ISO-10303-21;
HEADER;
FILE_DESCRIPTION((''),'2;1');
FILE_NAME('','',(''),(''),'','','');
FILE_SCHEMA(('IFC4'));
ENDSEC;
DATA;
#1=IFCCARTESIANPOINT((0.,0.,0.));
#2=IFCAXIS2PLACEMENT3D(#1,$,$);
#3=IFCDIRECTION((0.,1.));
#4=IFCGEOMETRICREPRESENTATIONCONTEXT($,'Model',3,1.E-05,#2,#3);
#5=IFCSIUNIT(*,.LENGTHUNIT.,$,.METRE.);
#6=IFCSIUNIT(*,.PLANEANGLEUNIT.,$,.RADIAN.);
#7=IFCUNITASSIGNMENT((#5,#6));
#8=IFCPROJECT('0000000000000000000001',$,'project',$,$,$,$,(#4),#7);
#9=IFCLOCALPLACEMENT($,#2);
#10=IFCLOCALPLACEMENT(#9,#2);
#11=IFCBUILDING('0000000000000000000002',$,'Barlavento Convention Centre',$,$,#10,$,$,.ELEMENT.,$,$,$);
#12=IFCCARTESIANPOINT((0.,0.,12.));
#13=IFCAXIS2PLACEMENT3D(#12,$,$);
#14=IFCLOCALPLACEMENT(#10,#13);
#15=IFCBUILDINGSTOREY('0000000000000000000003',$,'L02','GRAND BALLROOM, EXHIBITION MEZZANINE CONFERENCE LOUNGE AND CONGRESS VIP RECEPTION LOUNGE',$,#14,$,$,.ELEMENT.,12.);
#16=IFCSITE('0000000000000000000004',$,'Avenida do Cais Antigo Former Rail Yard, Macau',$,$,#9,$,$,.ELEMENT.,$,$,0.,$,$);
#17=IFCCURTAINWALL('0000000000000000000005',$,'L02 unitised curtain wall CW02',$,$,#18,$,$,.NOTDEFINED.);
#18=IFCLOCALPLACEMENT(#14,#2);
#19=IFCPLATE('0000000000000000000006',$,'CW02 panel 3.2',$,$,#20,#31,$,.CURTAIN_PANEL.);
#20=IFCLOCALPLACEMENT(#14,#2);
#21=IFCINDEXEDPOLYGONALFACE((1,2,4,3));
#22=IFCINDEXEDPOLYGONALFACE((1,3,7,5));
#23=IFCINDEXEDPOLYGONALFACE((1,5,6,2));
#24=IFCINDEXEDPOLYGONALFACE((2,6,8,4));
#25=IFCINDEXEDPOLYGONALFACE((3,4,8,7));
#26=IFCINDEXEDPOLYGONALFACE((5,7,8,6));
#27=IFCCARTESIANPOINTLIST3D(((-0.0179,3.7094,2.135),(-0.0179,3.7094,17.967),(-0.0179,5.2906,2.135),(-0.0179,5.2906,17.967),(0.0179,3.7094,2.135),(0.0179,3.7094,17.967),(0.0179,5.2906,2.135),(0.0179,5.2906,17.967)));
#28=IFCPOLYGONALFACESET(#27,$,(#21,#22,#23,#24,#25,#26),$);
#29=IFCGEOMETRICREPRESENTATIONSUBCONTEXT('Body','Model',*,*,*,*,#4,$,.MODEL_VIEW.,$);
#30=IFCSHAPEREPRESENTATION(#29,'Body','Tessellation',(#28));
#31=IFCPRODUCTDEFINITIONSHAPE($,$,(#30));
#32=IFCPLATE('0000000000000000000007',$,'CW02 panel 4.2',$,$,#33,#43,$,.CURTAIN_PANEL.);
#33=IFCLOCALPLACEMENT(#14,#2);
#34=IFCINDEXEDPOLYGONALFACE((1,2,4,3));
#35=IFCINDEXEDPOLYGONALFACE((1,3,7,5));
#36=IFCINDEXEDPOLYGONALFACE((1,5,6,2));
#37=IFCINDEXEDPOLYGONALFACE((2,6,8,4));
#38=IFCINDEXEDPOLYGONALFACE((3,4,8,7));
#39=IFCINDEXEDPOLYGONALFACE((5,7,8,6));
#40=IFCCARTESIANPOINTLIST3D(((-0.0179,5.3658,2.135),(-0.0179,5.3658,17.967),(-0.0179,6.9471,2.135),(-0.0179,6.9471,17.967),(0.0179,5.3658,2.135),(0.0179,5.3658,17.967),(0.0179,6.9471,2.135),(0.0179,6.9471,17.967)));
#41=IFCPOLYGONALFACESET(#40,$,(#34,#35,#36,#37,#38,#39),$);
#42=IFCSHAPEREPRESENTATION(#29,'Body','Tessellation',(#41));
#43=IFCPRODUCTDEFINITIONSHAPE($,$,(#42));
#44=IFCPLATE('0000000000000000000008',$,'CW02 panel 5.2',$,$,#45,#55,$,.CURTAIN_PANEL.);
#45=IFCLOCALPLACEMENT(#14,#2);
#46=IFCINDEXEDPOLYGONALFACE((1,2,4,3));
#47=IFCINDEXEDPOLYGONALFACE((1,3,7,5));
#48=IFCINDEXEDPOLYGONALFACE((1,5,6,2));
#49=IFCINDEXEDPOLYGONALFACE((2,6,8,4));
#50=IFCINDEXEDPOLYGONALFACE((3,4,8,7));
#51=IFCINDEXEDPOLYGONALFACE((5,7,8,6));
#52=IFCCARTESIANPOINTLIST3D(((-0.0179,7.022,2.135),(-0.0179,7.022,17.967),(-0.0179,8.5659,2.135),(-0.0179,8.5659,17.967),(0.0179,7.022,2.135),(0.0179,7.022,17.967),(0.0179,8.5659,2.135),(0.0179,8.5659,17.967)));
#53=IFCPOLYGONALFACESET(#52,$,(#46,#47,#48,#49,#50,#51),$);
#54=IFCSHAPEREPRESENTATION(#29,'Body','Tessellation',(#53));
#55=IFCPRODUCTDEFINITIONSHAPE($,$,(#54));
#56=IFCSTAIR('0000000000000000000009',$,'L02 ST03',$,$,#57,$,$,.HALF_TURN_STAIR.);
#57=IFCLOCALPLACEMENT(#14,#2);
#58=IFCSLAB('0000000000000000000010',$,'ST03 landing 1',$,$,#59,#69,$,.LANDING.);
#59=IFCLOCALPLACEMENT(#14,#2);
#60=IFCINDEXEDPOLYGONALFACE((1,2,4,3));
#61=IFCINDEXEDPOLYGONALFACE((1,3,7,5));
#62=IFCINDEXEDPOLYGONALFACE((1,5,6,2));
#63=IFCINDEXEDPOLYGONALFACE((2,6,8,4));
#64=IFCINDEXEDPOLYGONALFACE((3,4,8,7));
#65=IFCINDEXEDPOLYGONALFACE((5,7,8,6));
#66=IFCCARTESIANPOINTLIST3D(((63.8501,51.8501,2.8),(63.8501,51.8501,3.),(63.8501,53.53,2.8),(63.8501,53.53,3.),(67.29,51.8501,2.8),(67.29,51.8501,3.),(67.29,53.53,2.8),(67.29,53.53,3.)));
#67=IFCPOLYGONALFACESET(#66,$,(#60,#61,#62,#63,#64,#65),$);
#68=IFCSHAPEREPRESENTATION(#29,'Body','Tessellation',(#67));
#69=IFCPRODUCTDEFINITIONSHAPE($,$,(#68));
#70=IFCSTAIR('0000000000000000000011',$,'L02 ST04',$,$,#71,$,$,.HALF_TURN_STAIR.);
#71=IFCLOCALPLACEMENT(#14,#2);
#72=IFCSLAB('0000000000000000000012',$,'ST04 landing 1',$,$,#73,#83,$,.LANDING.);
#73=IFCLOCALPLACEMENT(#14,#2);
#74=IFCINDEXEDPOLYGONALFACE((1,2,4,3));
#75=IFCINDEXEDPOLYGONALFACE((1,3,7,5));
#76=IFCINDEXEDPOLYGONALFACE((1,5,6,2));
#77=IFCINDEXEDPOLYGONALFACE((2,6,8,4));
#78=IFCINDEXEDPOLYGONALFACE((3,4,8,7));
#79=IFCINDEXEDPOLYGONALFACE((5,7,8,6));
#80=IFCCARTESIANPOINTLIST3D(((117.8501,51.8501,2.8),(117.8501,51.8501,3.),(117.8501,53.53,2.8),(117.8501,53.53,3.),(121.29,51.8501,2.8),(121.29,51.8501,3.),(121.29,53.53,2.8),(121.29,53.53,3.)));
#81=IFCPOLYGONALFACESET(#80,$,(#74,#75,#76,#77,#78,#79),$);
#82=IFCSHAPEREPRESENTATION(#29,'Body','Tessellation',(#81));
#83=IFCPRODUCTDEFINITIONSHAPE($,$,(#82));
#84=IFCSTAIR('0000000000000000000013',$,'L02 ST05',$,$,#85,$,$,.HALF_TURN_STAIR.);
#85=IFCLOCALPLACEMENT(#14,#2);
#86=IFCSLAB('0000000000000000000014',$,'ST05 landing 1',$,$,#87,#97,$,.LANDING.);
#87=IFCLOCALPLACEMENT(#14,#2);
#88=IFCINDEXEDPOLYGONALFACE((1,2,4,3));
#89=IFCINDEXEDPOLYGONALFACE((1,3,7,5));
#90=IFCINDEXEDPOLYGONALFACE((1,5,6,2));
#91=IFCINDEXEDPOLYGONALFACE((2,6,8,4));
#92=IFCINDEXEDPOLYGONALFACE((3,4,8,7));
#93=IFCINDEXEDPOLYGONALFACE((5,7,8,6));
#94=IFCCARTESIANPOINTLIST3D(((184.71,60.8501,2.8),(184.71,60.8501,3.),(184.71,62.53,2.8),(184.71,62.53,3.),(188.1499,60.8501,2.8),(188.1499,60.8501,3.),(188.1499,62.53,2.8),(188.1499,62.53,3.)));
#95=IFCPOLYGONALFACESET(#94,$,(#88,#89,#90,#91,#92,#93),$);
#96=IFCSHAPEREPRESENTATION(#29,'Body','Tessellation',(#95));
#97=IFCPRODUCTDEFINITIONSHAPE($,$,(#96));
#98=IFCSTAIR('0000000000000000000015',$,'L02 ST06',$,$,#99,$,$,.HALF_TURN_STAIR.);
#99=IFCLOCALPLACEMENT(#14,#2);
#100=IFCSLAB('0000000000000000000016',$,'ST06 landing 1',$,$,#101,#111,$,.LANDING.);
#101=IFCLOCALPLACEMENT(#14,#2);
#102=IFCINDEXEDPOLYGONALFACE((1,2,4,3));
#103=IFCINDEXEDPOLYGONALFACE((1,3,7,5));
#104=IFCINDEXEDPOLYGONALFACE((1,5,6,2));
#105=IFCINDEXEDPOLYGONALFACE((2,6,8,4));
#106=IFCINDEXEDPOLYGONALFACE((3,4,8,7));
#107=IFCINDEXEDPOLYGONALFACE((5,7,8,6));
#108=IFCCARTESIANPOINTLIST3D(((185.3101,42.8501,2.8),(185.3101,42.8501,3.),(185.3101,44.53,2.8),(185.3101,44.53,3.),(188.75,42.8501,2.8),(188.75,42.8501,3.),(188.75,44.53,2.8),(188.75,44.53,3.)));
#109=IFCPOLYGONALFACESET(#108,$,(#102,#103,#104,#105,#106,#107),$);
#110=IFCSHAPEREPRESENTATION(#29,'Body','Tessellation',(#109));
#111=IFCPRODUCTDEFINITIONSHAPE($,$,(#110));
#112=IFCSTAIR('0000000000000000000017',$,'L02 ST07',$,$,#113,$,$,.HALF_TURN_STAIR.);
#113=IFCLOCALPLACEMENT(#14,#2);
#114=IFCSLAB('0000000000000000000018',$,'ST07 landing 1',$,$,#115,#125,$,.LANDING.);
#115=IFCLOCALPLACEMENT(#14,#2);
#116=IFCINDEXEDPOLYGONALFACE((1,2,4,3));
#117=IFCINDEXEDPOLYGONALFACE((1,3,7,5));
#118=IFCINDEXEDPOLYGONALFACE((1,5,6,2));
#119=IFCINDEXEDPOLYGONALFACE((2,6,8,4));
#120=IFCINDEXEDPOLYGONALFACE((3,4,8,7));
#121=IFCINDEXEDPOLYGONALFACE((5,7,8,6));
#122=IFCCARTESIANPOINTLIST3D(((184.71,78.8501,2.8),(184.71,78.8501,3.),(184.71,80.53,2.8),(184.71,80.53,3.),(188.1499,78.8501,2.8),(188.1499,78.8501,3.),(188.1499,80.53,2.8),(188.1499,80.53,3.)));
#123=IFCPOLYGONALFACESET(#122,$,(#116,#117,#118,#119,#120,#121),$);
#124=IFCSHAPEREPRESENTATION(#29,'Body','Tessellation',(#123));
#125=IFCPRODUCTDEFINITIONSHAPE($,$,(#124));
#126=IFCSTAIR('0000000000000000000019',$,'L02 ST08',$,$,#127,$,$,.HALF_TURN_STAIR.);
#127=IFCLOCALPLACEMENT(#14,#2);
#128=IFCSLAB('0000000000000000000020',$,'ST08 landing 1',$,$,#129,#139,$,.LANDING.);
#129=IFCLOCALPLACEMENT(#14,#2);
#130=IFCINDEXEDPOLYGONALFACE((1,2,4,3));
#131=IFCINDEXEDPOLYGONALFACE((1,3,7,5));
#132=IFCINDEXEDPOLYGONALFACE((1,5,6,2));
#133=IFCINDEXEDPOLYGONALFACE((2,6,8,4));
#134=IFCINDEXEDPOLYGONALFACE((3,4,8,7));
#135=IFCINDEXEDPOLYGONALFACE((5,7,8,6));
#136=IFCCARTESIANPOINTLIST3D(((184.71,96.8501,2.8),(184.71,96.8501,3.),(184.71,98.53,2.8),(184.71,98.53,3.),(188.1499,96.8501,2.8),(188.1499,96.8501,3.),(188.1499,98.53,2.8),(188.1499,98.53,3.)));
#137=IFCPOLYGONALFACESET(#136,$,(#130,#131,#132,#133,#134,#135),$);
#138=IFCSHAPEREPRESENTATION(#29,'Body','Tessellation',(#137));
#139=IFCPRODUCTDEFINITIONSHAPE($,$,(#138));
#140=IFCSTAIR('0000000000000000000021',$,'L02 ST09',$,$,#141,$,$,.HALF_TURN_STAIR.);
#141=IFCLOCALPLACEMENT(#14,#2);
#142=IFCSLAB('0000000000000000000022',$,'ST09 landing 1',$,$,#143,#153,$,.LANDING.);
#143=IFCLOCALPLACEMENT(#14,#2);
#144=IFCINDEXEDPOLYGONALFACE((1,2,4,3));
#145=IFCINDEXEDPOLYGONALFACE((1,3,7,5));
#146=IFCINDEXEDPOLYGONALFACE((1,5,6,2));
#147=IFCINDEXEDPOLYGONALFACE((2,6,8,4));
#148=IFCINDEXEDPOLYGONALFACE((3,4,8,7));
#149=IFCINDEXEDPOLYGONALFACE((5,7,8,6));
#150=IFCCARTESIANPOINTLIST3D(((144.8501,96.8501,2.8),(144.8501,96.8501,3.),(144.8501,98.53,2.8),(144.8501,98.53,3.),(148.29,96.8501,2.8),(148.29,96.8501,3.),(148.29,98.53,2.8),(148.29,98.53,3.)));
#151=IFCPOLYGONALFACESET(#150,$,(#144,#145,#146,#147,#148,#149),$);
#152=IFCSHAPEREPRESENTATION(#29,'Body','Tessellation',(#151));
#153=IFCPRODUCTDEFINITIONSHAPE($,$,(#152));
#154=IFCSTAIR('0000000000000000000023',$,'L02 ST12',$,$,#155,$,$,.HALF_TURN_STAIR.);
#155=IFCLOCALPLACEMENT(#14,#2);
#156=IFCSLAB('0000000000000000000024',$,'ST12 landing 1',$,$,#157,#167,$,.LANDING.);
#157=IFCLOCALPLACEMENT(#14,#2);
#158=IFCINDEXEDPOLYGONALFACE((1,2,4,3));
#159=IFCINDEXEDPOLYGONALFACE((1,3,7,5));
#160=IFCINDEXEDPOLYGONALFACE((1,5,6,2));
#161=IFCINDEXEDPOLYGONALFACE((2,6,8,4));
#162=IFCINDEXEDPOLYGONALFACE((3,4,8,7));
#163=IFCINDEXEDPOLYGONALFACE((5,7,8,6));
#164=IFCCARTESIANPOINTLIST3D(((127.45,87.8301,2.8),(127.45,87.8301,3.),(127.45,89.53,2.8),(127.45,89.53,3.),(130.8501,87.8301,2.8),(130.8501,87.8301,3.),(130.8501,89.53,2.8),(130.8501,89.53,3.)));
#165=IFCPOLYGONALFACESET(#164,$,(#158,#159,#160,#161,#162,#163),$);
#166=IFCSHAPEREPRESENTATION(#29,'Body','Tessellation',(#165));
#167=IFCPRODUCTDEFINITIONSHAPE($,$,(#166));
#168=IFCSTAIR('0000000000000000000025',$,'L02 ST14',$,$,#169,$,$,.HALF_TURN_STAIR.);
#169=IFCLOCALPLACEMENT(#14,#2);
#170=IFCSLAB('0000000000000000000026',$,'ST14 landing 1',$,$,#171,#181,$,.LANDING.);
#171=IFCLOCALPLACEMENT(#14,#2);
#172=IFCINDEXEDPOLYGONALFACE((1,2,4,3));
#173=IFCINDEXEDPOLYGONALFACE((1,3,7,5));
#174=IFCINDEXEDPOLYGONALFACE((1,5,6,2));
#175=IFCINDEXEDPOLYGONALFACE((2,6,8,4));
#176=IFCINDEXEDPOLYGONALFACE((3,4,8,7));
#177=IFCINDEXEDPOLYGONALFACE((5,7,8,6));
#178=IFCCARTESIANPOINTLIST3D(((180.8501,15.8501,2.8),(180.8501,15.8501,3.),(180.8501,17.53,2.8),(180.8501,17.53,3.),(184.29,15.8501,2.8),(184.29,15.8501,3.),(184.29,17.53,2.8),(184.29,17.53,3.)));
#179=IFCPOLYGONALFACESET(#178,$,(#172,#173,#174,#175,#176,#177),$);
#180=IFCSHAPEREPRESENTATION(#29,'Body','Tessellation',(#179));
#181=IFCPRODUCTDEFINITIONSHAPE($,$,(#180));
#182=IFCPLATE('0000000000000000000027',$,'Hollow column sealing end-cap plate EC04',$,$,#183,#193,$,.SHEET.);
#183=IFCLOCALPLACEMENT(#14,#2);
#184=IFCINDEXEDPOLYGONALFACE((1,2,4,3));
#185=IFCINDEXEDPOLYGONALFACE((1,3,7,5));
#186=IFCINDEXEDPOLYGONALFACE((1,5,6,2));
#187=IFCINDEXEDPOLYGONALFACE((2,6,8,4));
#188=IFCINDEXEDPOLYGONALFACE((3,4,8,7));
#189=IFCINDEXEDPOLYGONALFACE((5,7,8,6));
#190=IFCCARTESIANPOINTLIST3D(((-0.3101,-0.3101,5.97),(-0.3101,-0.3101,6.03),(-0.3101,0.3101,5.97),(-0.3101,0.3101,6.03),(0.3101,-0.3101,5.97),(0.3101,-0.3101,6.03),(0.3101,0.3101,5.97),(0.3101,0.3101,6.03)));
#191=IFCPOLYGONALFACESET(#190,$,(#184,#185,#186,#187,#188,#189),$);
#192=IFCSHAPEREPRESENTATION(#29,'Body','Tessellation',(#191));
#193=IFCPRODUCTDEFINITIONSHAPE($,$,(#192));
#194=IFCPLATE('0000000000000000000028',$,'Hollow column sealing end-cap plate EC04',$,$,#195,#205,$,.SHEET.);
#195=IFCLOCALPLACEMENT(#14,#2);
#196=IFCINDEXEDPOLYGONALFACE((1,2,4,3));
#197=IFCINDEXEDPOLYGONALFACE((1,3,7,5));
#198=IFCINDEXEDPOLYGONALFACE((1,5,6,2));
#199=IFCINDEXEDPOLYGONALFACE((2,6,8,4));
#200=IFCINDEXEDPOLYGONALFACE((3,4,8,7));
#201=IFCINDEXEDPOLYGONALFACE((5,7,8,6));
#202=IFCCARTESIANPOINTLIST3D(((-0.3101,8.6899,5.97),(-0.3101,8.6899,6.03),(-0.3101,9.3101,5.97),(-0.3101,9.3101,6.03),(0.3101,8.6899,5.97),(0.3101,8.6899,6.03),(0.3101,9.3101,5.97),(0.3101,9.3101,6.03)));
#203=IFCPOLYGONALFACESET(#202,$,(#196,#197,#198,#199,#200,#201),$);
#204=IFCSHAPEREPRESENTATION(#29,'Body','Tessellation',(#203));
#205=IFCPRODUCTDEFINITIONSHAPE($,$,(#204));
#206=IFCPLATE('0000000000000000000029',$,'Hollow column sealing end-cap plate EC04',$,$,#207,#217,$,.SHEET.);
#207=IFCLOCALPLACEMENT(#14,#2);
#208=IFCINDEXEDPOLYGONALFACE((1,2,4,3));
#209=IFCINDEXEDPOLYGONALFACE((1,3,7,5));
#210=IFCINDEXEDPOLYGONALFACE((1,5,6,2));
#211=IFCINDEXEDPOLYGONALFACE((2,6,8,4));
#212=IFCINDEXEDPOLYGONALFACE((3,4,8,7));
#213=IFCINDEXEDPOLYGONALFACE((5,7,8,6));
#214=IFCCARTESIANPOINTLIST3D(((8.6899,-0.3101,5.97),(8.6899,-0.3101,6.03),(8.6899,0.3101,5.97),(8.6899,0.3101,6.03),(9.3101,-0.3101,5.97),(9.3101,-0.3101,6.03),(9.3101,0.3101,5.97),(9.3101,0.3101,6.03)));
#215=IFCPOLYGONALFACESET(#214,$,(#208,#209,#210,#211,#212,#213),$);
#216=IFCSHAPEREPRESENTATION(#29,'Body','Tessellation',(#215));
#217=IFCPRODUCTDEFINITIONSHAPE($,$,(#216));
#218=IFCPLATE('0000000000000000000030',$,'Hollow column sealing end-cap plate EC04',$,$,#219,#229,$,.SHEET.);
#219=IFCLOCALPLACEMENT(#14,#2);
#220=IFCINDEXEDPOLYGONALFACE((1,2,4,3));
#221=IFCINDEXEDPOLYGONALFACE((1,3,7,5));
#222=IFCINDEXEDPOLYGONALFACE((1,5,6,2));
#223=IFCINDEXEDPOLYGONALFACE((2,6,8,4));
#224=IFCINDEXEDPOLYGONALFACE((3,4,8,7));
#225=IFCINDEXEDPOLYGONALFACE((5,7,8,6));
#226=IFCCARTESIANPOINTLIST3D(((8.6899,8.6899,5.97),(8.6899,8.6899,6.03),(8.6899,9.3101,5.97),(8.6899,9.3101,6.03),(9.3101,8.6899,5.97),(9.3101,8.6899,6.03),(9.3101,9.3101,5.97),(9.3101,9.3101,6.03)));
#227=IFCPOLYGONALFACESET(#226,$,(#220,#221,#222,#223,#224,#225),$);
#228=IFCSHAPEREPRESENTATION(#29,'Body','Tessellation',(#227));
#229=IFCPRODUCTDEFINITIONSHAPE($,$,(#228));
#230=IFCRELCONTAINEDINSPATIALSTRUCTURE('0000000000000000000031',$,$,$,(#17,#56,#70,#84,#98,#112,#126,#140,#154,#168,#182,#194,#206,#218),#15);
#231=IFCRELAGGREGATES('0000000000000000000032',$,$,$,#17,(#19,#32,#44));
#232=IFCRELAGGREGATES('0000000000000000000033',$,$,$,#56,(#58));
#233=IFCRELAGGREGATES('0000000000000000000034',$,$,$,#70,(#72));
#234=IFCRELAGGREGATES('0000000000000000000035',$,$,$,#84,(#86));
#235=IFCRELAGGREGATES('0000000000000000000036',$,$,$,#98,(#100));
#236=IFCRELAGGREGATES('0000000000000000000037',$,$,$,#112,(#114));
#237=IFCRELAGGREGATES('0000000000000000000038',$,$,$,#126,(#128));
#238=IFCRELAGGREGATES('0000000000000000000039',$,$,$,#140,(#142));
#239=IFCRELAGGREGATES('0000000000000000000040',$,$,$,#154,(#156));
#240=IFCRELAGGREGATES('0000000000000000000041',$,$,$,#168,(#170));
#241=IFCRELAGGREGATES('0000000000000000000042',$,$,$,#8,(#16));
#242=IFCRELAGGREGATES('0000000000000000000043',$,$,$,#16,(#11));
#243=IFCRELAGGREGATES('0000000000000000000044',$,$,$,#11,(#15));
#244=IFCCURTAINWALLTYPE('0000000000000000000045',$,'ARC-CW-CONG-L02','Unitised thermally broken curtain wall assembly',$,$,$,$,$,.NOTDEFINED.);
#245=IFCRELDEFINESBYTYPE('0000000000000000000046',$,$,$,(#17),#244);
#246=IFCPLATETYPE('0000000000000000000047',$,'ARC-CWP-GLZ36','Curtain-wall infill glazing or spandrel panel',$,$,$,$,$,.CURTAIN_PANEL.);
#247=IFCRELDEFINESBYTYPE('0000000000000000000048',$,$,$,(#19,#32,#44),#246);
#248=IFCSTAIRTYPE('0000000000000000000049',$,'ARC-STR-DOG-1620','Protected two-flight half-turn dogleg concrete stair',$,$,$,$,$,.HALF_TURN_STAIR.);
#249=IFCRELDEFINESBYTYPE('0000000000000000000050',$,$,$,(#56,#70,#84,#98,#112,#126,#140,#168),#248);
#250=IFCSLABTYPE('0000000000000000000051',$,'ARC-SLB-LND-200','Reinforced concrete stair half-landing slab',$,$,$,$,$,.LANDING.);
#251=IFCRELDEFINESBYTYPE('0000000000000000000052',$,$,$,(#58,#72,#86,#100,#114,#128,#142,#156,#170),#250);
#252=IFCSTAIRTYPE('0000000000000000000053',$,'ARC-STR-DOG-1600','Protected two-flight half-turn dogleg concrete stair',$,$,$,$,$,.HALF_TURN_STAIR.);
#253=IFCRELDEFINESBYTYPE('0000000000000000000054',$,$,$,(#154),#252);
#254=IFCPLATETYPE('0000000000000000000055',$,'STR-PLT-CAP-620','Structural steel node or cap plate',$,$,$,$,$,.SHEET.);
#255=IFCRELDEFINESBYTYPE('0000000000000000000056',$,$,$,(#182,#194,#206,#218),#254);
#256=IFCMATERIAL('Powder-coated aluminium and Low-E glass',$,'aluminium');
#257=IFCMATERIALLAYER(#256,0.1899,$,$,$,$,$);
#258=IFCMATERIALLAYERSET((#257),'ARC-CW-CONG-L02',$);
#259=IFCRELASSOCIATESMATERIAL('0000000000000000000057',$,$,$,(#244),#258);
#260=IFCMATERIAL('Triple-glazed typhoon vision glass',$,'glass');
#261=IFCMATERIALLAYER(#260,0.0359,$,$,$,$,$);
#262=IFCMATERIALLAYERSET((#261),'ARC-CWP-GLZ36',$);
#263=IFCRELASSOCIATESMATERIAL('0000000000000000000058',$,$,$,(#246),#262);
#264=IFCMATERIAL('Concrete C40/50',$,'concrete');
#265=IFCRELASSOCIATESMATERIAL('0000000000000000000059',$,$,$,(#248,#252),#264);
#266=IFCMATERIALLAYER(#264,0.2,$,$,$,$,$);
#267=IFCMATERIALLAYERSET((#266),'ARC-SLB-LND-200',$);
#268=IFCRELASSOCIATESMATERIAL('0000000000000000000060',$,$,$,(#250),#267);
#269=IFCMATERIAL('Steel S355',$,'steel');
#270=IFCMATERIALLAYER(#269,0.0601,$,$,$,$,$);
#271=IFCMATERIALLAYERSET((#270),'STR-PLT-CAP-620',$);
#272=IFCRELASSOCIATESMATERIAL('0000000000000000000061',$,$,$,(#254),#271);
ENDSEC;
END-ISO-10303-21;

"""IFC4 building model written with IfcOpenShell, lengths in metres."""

from ifc_helpers import new_model, si_unit, direction, frame, origin, origin_2d, place, context, subcontext, project, spatial, polyline, rectangle, outline, extrude, material, layer, layer_set, type_object, element, aggregate, save


model = new_model("IFC4")

# Units and contexts
model_context = context("Model", 3, precision=1e-05, world=origin(), true_north=direction((0.0, 1.0)))
body_context = subcontext(model_context, "Body", "Model", "MODEL_VIEW")
ifc_project = project(units=[si_unit("LENGTHUNIT", "METRE"), si_unit("PLANEANGLEUNIT", "RADIAN")], contexts=[model_context])

# Site, building, storey
site_placement = place(None, origin())
site = spatial("IfcSite", under=ifc_project, at=site_placement, Name="Avenida do Cais Antigo Former Rail Yard, Macau", CompositionType="ELEMENT", RefElevation=0.0)
building_placement = place(site_placement, origin())
building = spatial("IfcBuilding", under=site, at=building_placement, Name="Barlavento Convention Centre", CompositionType="ELEMENT")
storey_placement = place(building_placement, frame((0.0, 0.0, 12.0)))
storey = spatial("IfcBuildingStorey", under=building, at=storey_placement, Name="L02", Description="GRAND BALLROOM, EXHIBITION MEZZANINE CONFERENCE LOUNGE AND CONGRESS VIP RECEPTION LOUNGE", CompositionType="ELEMENT", Elevation=12.0)

# Curtain wall
ifc_material_1 = material(Name="Powder-coated aluminium and Low-E glass", Category="aluminium")
ifc_layer_1 = layer(ifc_material_1, 0.1899)
ifc_layer_set_1 = layer_set([ifc_layer_1], Name="ARC-CW-CONG-L02")
curtain_wall_type = type_object("IfcCurtainWallType", Name="ARC-CW-CONG-L02", Description="Unitised thermally broken curtain wall assembly", PredefinedType="NOTDEFINED", material=ifc_layer_set_1)
curtain_wall_1_placement = place(storey_placement, origin())
curtain_wall_1 = element("IfcCurtainWall", 1, at=curtain_wall_1_placement, inside=storey, type_object=curtain_wall_type, Name="L02 unitised curtain wall CW02", PredefinedType="NOTDEFINED")

# Plates
ifc_material_2 = material(Name="Triple-glazed typhoon vision glass", Category="glass")
ifc_layer_2 = layer(ifc_material_2, 0.0359)
ifc_layer_set_2 = layer_set([ifc_layer_2], Name="ARC-CWP-GLZ36")
plate_type_1 = type_object("IfcPlateType", Name="ARC-CWP-GLZ36", Description="Curtain-wall infill glazing or spandrel panel", PredefinedType="CURTAIN_PANEL", material=ifc_layer_set_2)
plate_1_placement = place(storey_placement, frame((0.0, 4.5, 2.135), z_axis=(0.0, 0.0, 1.0), x_axis=(0.0, 1.0, 0.0)))
plate_1 = element("IfcPlate", 2, at=plate_1_placement, type_object=plate_type_1, Name="CW02 panel 3.2", PredefinedType="CURTAIN_PANEL", context=body_context, shape_type="SweptSolid", body=[
    extrude(rectangle(XDim=1.5813, YDim=0.0359, at=origin_2d()), origin(), (0.0, 0.0, 1.0), 15.832),
])
plate_2_placement = place(storey_placement, frame((0.0, 6.1565, 2.135), z_axis=(0.0, 0.0, 1.0), x_axis=(0.0, 1.0, 0.0)))
plate_2 = element("IfcPlate", 3, at=plate_2_placement, type_object=plate_type_1, Name="CW02 panel 4.2", PredefinedType="CURTAIN_PANEL", context=body_context, shape_type="SweptSolid", body=[
    extrude(rectangle(XDim=1.5813, YDim=0.0359, at=origin_2d()), origin(), (0.0, 0.0, 1.0), 15.832),
])
plate_3_placement = place(storey_placement, frame((0.0, 7.7939, 2.135), z_axis=(0.0, 0.0, 1.0), x_axis=(0.0, 1.0, 0.0)))
plate_3 = element("IfcPlate", 4, at=plate_3_placement, type_object=plate_type_1, Name="CW02 panel 5.2", PredefinedType="CURTAIN_PANEL", context=body_context, shape_type="SweptSolid", body=[
    extrude(rectangle(XDim=1.5439, YDim=0.0359, at=origin_2d()), origin(), (0.0, 0.0, 1.0), 15.832),
])
aggregate(curtain_wall_1, [plate_1, plate_2, plate_3])

# Stairs, slabs
ifc_material_3 = material(Name="Concrete C40/50", Category="concrete")
stair_type_1 = type_object("IfcStairType", Name="ARC-STR-DOG-1620", Description="Protected two-flight half-turn dogleg concrete stair", PredefinedType="HALF_TURN_STAIR", material=ifc_material_3)
stair_1_placement = place(storey_placement, origin())
stair_1 = element("IfcStair", 5, at=stair_1_placement, inside=storey, type_object=stair_type_1, Name="L02 ST03", PredefinedType="HALF_TURN_STAIR")
ifc_layer_3 = layer(ifc_material_3, 0.2)
ifc_layer_set_3 = layer_set([ifc_layer_3], Name="ARC-SLB-LND-200")
slab_type = type_object("IfcSlabType", Name="ARC-SLB-LND-200", Description="Reinforced concrete stair half-landing slab", PredefinedType="LANDING", material=ifc_layer_set_3)
slab_1_placement = place(storey_placement, frame((0.0, 0.0, 2.8)))
slab_1 = element("IfcSlab", 6, at=slab_1_placement, type_object=slab_type, Name="ST03 landing 1", PredefinedType="LANDING", context=body_context, shape_type="SweptSolid", body=[
    extrude(outline(polyline([(67.29, 51.8501), (67.29, 53.53), (63.8501, 53.53), (63.8501, 51.8501), (67.29, 51.8501)])), origin(), (0.0, 0.0, 1.0), 0.2),
])
aggregate(stair_1, [slab_1])
stair_2_placement = place(storey_placement, origin())
stair_2 = element("IfcStair", 7, at=stair_2_placement, inside=storey, type_object=stair_type_1, Name="L02 ST04", PredefinedType="HALF_TURN_STAIR")
slab_2_placement = place(storey_placement, frame((0.0, 0.0, 2.8)))
slab_2 = element("IfcSlab", 8, at=slab_2_placement, type_object=slab_type, Name="ST04 landing 1", PredefinedType="LANDING", context=body_context, shape_type="SweptSolid", body=[
    extrude(outline(polyline([(121.29, 51.8501), (121.29, 53.53), (117.8501, 53.53), (117.8501, 51.8501), (121.29, 51.8501)])), origin(), (0.0, 0.0, 1.0), 0.2),
])
aggregate(stair_2, [slab_2])
stair_3_placement = place(storey_placement, origin())
stair_3 = element("IfcStair", 9, at=stair_3_placement, inside=storey, type_object=stair_type_1, Name="L02 ST05", PredefinedType="HALF_TURN_STAIR")
slab_3_placement = place(storey_placement, frame((0.0, 0.0, 2.8)))
slab_3 = element("IfcSlab", 10, at=slab_3_placement, type_object=slab_type, Name="ST05 landing 1", PredefinedType="LANDING", context=body_context, shape_type="SweptSolid", body=[
    extrude(outline(polyline([(188.1499, 60.8501), (188.1499, 62.53), (184.71, 62.53), (184.71, 60.8501), (188.1499, 60.8501)])), origin(), (0.0, 0.0, 1.0), 0.2),
])
aggregate(stair_3, [slab_3])
stair_4_placement = place(storey_placement, origin())
stair_4 = element("IfcStair", 11, at=stair_4_placement, inside=storey, type_object=stair_type_1, Name="L02 ST06", PredefinedType="HALF_TURN_STAIR")
slab_4_placement = place(storey_placement, frame((0.0, 0.0, 2.8)))
slab_4 = element("IfcSlab", 12, at=slab_4_placement, type_object=slab_type, Name="ST06 landing 1", PredefinedType="LANDING", context=body_context, shape_type="SweptSolid", body=[
    extrude(outline(polyline([(188.75, 42.8501), (188.75, 44.53), (185.3101, 44.53), (185.3101, 42.8501), (188.75, 42.8501)])), origin(), (0.0, 0.0, 1.0), 0.2),
])
aggregate(stair_4, [slab_4])
stair_5_placement = place(storey_placement, origin())
stair_5 = element("IfcStair", 13, at=stair_5_placement, inside=storey, type_object=stair_type_1, Name="L02 ST07", PredefinedType="HALF_TURN_STAIR")
slab_5_placement = place(storey_placement, frame((0.0, 0.0, 2.8)))
slab_5 = element("IfcSlab", 14, at=slab_5_placement, type_object=slab_type, Name="ST07 landing 1", PredefinedType="LANDING", context=body_context, shape_type="SweptSolid", body=[
    extrude(outline(polyline([(188.1499, 78.8501), (188.1499, 80.53), (184.71, 80.53), (184.71, 78.8501), (188.1499, 78.8501)])), origin(), (0.0, 0.0, 1.0), 0.2),
])
aggregate(stair_5, [slab_5])
stair_6_placement = place(storey_placement, origin())
stair_6 = element("IfcStair", 15, at=stair_6_placement, inside=storey, type_object=stair_type_1, Name="L02 ST08", PredefinedType="HALF_TURN_STAIR")
slab_6_placement = place(storey_placement, frame((0.0, 0.0, 2.8)))
slab_6 = element("IfcSlab", 16, at=slab_6_placement, type_object=slab_type, Name="ST08 landing 1", PredefinedType="LANDING", context=body_context, shape_type="SweptSolid", body=[
    extrude(outline(polyline([(188.1499, 96.8501), (188.1499, 98.53), (184.71, 98.53), (184.71, 96.8501), (188.1499, 96.8501)])), origin(), (0.0, 0.0, 1.0), 0.2),
])
aggregate(stair_6, [slab_6])
stair_7_placement = place(storey_placement, origin())
stair_7 = element("IfcStair", 17, at=stair_7_placement, inside=storey, type_object=stair_type_1, Name="L02 ST09", PredefinedType="HALF_TURN_STAIR")
slab_7_placement = place(storey_placement, frame((0.0, 0.0, 2.8)))
slab_7 = element("IfcSlab", 18, at=slab_7_placement, type_object=slab_type, Name="ST09 landing 1", PredefinedType="LANDING", context=body_context, shape_type="SweptSolid", body=[
    extrude(outline(polyline([(148.29, 96.8501), (148.29, 98.53), (144.8501, 98.53), (144.8501, 96.8501), (148.29, 96.8501)])), origin(), (0.0, 0.0, 1.0), 0.2),
])
aggregate(stair_7, [slab_7])
stair_type_2 = type_object("IfcStairType", Name="ARC-STR-DOG-1600", Description="Protected two-flight half-turn dogleg concrete stair", PredefinedType="HALF_TURN_STAIR", material=ifc_material_3)
stair_8_placement = place(storey_placement, origin())
stair_8 = element("IfcStair", 19, at=stair_8_placement, inside=storey, type_object=stair_type_2, Name="L02 ST12", PredefinedType="HALF_TURN_STAIR")
slab_8_placement = place(storey_placement, frame((0.0, 0.0, 2.8)))
slab_8 = element("IfcSlab", 20, at=slab_8_placement, type_object=slab_type, Name="ST12 landing 1", PredefinedType="LANDING", context=body_context, shape_type="SweptSolid", body=[
    extrude(outline(polyline([(130.8501, 87.8301), (130.8501, 89.53), (127.45, 89.53), (127.45, 87.8301), (130.8501, 87.8301)])), origin(), (0.0, 0.0, 1.0), 0.2),
])
aggregate(stair_8, [slab_8])
stair_9_placement = place(storey_placement, origin())
stair_9 = element("IfcStair", 21, at=stair_9_placement, inside=storey, type_object=stair_type_1, Name="L02 ST14", PredefinedType="HALF_TURN_STAIR")
slab_9_placement = place(storey_placement, frame((0.0, 0.0, 2.8)))
slab_9 = element("IfcSlab", 22, at=slab_9_placement, type_object=slab_type, Name="ST14 landing 1", PredefinedType="LANDING", context=body_context, shape_type="SweptSolid", body=[
    extrude(outline(polyline([(184.29, 15.8501), (184.29, 17.53), (180.8501, 17.53), (180.8501, 15.8501), (184.29, 15.8501)])), origin(), (0.0, 0.0, 1.0), 0.2),
])
aggregate(stair_9, [slab_9])

# Plates
ifc_material_4 = material(Name="Steel S355", Category="steel")
ifc_layer_4 = layer(ifc_material_4, 0.0601)
ifc_layer_set_4 = layer_set([ifc_layer_4], Name="STR-PLT-CAP-620")
plate_type_2 = type_object("IfcPlateType", Name="STR-PLT-CAP-620", Description="Structural steel node or cap plate", PredefinedType="SHEET", material=ifc_layer_set_4)
for number, where, z_axis, x_axis, name in (
    (23, (0.0, 0.0, 5.97), (0.0, 0.0, 1.0), (1.0, 0.0, 0.0), "Hollow column sealing end-cap plate EC04"),
    (24, (0.0, 9.0, 5.97), (0.0, 0.0, 1.0), (1.0, 0.0, 0.0), "Hollow column sealing end-cap plate EC04"),
    (25, (9.0, 0.0, 5.97), (0.0, 0.0, 1.0), (1.0, 0.0, 0.0), "Hollow column sealing end-cap plate EC04"),
    (26, (9.0, 9.0, 5.97), (0.0, 0.0, 1.0), (1.0, 0.0, 0.0), "Hollow column sealing end-cap plate EC04"),
):
    element("IfcPlate", number, at=place(storey_placement, frame(where, z_axis=z_axis, x_axis=x_axis)), inside=storey, type_object=plate_type_2, Name=name, PredefinedType="SHEET", context=body_context, shape_type="SweptSolid", body=[
        extrude(rectangle(XDim=0.6201, YDim=0.6201, at=origin_2d()), origin(), (0.0, 0.0, 1.0), 0.0601),
    ])

save(model, "model.ifc")
